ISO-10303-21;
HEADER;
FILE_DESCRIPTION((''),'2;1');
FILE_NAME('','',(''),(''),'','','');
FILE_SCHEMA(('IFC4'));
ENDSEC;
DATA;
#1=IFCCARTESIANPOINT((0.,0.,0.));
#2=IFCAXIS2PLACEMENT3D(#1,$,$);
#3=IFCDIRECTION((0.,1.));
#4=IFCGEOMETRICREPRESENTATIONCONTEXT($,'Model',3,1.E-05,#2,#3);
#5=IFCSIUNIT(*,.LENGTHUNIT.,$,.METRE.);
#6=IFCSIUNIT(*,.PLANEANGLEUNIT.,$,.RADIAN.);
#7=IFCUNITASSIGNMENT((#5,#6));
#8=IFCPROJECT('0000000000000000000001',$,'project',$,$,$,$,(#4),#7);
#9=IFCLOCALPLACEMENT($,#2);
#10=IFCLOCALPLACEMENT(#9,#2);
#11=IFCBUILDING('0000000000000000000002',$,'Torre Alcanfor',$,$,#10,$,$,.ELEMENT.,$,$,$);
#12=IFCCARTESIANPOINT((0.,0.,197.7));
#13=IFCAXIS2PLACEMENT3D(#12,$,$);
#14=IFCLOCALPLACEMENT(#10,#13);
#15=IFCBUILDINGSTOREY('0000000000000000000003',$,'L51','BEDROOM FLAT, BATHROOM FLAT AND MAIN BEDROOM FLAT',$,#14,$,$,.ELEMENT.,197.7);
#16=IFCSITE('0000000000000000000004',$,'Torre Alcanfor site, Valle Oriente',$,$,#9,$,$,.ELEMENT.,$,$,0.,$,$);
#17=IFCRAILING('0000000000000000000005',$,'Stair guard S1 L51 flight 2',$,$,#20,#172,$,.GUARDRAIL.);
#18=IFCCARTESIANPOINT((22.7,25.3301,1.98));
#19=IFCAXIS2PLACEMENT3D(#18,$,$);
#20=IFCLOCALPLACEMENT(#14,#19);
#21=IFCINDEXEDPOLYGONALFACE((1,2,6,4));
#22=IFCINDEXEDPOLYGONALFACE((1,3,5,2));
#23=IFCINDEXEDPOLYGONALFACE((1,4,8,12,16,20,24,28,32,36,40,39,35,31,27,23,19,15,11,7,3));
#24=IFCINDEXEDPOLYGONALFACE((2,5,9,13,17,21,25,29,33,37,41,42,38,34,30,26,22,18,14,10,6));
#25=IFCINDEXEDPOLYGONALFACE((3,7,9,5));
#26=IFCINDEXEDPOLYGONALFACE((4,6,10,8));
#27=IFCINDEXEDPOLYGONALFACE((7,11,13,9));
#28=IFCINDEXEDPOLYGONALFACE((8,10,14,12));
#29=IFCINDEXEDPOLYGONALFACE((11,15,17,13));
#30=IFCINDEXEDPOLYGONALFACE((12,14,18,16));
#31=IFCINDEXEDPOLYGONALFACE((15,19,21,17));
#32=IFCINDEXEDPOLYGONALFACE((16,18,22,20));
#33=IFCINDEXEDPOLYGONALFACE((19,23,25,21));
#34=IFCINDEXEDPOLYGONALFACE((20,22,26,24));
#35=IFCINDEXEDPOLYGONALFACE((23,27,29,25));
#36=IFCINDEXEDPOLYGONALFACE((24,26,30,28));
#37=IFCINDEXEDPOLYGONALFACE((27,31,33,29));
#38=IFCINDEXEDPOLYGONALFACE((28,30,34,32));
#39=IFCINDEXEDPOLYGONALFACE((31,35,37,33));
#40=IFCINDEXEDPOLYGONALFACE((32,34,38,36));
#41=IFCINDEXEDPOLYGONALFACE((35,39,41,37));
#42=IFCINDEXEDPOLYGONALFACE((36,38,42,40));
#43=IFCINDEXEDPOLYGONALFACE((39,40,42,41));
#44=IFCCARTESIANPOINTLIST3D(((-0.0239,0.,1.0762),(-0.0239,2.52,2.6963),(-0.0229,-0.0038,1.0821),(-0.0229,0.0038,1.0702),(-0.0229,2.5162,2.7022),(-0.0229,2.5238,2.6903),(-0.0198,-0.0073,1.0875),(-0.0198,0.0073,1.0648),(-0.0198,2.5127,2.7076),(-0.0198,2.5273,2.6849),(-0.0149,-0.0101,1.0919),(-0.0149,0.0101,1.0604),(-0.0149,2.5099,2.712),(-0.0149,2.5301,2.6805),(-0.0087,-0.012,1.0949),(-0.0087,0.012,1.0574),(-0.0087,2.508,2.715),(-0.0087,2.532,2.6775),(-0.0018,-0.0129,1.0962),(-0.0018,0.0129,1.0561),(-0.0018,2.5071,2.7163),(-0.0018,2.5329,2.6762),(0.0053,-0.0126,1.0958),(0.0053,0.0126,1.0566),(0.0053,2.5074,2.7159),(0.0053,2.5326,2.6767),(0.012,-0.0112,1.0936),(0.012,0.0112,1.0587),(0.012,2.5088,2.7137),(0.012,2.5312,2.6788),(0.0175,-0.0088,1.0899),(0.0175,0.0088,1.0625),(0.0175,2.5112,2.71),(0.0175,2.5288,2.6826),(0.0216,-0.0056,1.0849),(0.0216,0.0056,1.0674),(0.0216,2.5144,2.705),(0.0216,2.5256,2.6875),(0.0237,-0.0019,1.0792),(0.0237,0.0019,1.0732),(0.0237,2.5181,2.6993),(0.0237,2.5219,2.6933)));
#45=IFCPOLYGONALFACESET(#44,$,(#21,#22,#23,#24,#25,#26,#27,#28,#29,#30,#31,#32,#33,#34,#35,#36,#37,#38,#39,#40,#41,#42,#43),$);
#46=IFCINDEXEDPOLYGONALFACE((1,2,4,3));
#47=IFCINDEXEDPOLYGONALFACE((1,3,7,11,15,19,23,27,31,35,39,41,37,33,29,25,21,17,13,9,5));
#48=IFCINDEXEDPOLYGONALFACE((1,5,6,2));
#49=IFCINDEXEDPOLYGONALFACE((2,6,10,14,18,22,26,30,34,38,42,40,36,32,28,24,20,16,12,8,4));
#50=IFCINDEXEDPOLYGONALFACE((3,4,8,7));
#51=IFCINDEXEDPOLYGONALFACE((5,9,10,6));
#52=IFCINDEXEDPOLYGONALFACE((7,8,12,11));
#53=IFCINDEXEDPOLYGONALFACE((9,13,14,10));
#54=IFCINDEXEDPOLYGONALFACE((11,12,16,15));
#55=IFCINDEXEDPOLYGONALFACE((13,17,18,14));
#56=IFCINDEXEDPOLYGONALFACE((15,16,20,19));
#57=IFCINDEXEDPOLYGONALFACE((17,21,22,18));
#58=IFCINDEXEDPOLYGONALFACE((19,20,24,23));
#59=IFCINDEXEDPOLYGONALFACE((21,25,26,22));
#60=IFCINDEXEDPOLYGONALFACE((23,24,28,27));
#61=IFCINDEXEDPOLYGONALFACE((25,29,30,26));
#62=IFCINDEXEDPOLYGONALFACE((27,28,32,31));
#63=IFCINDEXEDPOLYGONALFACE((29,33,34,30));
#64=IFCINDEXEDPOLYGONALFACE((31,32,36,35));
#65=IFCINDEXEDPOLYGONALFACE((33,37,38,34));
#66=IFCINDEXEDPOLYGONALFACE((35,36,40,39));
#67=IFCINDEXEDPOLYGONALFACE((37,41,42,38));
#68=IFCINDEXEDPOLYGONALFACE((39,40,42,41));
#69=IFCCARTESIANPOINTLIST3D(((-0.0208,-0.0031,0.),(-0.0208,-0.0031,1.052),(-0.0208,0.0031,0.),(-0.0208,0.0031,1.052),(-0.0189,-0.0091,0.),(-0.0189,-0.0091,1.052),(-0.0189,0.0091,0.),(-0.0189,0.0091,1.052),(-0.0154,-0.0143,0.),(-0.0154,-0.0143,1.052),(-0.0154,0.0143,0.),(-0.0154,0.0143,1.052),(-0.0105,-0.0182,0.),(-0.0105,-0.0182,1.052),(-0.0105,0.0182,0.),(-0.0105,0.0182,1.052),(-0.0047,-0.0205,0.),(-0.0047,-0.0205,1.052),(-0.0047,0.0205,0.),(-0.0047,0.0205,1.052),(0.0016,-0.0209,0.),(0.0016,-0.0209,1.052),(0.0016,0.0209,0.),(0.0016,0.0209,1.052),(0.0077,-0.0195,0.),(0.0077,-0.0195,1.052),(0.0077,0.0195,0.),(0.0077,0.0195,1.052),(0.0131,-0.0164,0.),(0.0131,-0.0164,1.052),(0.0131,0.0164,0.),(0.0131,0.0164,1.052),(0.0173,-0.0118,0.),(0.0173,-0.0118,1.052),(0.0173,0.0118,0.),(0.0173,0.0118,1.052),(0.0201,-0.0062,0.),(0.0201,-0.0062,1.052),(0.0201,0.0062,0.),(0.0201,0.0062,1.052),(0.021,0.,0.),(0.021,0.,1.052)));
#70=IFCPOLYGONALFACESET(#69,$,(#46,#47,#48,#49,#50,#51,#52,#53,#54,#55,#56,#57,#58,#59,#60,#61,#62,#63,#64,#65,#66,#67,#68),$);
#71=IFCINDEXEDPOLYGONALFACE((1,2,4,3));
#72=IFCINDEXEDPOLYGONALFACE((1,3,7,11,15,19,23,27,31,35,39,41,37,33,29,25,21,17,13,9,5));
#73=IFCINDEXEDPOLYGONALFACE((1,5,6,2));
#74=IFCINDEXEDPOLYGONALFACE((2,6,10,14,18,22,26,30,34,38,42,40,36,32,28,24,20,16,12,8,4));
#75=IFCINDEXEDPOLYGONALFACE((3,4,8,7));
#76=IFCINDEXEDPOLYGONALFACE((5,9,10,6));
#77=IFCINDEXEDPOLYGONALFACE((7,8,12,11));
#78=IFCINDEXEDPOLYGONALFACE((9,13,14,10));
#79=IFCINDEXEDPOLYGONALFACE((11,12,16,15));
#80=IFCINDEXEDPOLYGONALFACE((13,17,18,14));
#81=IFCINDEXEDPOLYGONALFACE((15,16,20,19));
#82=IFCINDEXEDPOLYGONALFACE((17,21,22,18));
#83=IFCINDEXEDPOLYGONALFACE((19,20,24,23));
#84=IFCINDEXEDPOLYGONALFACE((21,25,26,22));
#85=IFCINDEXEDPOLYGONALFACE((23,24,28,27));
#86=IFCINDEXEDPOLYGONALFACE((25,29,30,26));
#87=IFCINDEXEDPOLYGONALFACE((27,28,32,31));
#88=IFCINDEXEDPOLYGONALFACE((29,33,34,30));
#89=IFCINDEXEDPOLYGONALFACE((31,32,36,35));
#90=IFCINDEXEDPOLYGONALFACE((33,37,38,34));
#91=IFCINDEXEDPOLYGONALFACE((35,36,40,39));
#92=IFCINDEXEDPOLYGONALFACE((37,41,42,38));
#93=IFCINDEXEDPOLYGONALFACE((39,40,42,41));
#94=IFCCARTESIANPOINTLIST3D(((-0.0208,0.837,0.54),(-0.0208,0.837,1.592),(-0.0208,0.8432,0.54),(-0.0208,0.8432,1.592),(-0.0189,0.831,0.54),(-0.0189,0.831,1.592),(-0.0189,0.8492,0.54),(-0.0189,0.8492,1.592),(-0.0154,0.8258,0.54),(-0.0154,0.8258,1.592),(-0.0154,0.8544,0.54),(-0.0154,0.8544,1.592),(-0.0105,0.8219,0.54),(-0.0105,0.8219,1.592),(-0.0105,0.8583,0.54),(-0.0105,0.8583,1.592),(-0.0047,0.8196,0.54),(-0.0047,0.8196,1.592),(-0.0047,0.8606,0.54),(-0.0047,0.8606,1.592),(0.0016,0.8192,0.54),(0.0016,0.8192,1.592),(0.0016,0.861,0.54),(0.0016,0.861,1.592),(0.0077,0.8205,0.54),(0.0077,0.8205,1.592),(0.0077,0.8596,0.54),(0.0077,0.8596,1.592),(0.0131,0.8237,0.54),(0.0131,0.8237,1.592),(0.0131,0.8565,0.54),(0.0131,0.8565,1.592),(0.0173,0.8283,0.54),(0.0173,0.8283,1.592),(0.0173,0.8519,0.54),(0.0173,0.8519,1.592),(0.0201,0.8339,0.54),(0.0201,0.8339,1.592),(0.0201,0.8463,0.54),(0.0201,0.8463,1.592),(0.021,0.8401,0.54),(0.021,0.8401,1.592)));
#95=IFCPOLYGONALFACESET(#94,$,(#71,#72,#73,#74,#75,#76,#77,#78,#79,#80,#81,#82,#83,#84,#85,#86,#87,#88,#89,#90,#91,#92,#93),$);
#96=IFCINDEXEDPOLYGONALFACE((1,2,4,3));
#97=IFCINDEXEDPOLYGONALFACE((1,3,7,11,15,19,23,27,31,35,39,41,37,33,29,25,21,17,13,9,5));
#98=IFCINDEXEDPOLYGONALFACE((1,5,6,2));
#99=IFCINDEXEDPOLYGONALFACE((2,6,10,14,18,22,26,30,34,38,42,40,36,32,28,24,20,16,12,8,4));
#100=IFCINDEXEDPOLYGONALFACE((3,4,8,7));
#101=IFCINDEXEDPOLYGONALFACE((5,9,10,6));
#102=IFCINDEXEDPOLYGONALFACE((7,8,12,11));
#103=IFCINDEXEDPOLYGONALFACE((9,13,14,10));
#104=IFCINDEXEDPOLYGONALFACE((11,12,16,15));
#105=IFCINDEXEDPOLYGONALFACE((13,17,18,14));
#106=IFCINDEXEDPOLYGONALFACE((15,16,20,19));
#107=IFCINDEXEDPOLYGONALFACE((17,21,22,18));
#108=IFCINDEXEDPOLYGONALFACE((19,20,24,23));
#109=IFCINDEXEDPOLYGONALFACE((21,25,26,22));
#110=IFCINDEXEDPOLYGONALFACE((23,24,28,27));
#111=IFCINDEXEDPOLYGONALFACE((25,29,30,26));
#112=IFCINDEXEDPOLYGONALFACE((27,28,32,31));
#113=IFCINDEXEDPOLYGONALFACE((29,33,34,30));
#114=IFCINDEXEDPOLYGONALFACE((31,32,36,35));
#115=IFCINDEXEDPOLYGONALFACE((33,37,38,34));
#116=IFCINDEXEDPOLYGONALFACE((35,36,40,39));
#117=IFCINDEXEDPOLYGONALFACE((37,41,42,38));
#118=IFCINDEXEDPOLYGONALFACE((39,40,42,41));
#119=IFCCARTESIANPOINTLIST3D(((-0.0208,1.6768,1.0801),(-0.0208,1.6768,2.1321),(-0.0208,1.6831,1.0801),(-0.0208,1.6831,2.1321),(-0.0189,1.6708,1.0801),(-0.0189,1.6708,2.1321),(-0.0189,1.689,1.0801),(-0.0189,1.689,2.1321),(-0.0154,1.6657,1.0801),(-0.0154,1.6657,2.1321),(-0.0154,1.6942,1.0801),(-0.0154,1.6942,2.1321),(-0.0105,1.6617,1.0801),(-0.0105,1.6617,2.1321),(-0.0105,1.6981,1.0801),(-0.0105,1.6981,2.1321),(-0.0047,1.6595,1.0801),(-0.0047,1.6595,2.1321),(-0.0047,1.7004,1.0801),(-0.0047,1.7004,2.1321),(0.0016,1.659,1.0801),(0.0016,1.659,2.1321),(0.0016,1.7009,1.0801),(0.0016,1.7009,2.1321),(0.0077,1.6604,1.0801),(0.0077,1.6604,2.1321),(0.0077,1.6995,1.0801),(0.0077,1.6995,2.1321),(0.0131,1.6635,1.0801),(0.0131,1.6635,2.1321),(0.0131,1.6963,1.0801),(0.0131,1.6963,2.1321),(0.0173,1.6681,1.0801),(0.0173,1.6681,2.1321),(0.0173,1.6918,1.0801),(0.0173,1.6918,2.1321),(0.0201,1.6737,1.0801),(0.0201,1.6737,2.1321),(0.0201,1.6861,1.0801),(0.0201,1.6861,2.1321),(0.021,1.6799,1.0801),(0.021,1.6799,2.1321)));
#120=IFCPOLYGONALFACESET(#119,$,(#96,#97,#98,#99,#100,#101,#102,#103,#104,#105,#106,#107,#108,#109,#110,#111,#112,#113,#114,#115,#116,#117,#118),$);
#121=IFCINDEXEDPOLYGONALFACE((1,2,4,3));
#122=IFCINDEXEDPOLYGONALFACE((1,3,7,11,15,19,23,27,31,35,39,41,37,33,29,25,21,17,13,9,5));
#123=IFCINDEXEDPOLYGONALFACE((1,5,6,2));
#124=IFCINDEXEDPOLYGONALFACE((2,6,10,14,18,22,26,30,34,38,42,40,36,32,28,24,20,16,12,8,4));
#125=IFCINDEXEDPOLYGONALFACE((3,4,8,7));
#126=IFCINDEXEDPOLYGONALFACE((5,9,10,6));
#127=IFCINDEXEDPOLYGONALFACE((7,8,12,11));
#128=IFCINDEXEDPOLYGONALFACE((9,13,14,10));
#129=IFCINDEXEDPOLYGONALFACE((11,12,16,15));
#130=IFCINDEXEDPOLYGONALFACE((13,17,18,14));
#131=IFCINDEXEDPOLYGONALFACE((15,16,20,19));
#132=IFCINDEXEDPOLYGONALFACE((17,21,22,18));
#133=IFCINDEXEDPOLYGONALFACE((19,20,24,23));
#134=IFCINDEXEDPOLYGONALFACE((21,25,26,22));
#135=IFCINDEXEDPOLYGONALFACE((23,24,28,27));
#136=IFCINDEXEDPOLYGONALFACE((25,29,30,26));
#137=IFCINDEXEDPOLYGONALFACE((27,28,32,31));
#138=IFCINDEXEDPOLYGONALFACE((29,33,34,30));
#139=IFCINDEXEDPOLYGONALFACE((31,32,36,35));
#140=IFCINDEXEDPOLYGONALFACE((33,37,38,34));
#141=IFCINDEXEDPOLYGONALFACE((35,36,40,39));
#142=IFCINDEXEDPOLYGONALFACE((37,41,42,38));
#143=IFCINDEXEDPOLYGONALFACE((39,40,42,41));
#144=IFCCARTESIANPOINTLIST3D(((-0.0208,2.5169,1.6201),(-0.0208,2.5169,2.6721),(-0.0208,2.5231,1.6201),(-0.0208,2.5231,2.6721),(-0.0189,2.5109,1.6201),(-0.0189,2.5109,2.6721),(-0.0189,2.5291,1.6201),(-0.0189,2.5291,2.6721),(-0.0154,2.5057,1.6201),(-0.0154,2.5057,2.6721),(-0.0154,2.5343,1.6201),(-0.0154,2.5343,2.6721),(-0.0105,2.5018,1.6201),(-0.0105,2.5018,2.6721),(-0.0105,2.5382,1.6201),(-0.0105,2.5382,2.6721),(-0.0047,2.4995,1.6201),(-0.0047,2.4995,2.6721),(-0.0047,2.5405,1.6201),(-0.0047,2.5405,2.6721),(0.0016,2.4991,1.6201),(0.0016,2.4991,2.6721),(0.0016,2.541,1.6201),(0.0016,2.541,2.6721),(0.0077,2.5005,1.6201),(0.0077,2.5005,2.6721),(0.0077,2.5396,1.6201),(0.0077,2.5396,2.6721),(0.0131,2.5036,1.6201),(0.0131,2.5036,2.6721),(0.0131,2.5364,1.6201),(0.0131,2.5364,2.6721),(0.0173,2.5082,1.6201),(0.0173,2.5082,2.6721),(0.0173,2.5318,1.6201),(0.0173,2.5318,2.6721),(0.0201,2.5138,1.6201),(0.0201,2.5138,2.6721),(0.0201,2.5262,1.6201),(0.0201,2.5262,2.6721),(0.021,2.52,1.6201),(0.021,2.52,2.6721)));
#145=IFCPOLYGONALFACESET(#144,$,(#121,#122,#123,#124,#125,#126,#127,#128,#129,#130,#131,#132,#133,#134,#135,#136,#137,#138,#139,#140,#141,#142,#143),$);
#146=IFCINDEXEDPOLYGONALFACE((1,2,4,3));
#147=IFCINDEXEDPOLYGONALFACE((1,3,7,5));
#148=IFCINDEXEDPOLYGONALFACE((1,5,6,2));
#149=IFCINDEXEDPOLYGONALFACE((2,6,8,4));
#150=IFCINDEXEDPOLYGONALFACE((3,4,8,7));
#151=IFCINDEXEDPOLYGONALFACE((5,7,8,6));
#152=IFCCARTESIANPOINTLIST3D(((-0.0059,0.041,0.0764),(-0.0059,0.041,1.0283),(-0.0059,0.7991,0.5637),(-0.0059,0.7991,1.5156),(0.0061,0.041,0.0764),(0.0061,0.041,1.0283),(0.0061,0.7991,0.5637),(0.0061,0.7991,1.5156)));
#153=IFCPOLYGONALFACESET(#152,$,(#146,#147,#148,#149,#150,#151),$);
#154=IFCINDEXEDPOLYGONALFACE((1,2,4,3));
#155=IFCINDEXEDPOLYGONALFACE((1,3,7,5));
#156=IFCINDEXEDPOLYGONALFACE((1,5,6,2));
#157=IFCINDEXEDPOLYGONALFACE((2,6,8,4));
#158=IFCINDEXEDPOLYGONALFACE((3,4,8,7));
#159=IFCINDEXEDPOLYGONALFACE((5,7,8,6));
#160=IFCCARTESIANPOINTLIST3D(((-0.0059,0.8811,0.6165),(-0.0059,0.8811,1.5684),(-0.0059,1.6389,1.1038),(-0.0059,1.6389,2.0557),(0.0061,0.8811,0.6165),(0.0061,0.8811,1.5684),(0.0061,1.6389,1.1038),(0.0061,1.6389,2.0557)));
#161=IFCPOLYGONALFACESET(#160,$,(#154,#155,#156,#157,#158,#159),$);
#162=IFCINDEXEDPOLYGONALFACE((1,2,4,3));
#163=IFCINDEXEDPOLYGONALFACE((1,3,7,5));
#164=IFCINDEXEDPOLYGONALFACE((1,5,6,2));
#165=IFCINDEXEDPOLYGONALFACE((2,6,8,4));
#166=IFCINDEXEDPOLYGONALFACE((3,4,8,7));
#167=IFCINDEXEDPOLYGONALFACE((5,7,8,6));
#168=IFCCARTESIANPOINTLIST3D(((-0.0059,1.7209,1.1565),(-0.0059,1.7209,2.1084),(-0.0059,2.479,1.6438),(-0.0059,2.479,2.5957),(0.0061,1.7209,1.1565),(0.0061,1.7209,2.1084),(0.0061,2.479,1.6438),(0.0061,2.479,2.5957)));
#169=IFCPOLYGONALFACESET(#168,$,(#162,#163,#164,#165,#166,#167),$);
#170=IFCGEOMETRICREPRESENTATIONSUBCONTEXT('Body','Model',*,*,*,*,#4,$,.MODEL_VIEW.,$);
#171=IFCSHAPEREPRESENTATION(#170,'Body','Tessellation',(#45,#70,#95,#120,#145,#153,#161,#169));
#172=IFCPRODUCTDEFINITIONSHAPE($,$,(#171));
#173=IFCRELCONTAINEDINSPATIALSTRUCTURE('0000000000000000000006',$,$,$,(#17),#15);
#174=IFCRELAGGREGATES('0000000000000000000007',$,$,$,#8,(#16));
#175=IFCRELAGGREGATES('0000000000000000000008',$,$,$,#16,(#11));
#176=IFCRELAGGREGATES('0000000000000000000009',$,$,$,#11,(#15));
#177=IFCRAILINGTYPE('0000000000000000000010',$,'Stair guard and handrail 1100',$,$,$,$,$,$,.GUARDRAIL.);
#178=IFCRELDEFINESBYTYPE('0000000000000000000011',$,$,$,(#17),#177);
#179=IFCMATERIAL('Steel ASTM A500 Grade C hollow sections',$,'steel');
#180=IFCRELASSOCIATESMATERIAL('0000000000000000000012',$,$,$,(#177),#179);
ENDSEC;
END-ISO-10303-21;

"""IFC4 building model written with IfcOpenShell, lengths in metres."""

from ifc_helpers import new_model, si_unit, direction, frame, origin, origin_2d, place, context, subcontext, project, spatial, polyline, circle, outline, extrude, material, type_object, element, save


model = new_model("IFC4")

# Units and contexts
model_context = context("Model", 3, precision=1e-05, world=origin(), true_north=direction((0.0, 1.0)))
body_context = subcontext(model_context, "Body", "Model", "MODEL_VIEW")
ifc_project = project(units=[si_unit("LENGTHUNIT", "METRE"), si_unit("PLANEANGLEUNIT", "RADIAN")], contexts=[model_context])

# Site, building, storey
site_placement = place(None, origin())
site = spatial("IfcSite", under=ifc_project, at=site_placement, Name="Torre Alcanfor site, Valle Oriente", CompositionType="ELEMENT", RefElevation=0.0)
building_placement = place(site_placement, origin())
building = spatial("IfcBuilding", under=site, at=building_placement, Name="Torre Alcanfor", CompositionType="ELEMENT")
storey_placement = place(building_placement, frame((0.0, 0.0, 197.7)))
storey = spatial("IfcBuildingStorey", under=building, at=storey_placement, Name="L51", Description="BEDROOM FLAT, BATHROOM FLAT AND MAIN BEDROOM FLAT", CompositionType="ELEMENT", Elevation=197.7)

# Railing
ifc_material_1 = material(Name="Steel ASTM A500 Grade C hollow sections", Category="steel")
railing_type = type_object("IfcRailingType", Name="Stair guard and handrail 1100", PredefinedType="GUARDRAIL", material=ifc_material_1)
railing_1_placement = place(storey_placement, frame((22.7, 25.3301, 1.98)))
element("IfcRailing", 1, at=railing_1_placement, inside=storey, type_object=railing_type, Name="Stair guard S1 L51 flight 2", PredefinedType="GUARDRAIL", context=body_context, shape_type="SweptSolid", body=[
    extrude(circle(Radius=0.0239, at=origin_2d()), frame((0.0, 0.0, 1.0762), z_axis=(0.0, 0.841163, 0.540782), x_axis=(-1.0, 0.0, 0.0)), (0.0, 0.0, 1.0), 2.9958),
    extrude(circle(Radius=0.021, at=origin_2d()), origin(), (0.0, 0.0, 1.0), 1.052),
    extrude(circle(Radius=0.021, at=origin_2d()), frame((0.0, 0.8401, 0.54)), (0.0, 0.0, 1.0), 1.052),
    extrude(circle(Radius=0.021, at=origin_2d()), frame((0.0, 1.6799, 1.0801)), (0.0, 0.0, 1.0), 1.052),
    extrude(circle(Radius=0.021, at=origin_2d()), frame((0.0, 2.52, 1.6201)), (0.0, 0.0, 1.0), 1.052),
    extrude(outline(polyline([(0.041, 0.0764), (0.7991, 0.5637), (0.7991, 1.5156), (0.041, 1.0283), (0.041, 0.0764)])), frame((-0.0059, 0.0, 0.0), z_axis=(1.0, 0.0, 0.0), x_axis=(0.0, 1.0, 0.0)), (0.0, 0.0, 1.0), 0.012),
    extrude(outline(polyline([(0.8811, 0.6165), (1.6389, 1.1038), (1.6389, 2.0557), (0.8811, 1.5684), (0.8811, 0.6165)])), frame((-0.0059, 0.0, 0.0), z_axis=(1.0, 0.0, 0.0), x_axis=(0.0, 1.0, 0.0)), (0.0, 0.0, 1.0), 0.012),
    extrude(outline(polyline([(1.7209, 1.1565), (2.479, 1.6438), (2.479, 2.5957), (1.7209, 2.1084), (1.7209, 1.1565)])), frame((-0.0059, 0.0, 0.0), z_axis=(1.0, 0.0, 0.0), x_axis=(0.0, 1.0, 0.0)), (0.0, 0.0, 1.0), 0.012),
])

save(model, "model.ifc")
